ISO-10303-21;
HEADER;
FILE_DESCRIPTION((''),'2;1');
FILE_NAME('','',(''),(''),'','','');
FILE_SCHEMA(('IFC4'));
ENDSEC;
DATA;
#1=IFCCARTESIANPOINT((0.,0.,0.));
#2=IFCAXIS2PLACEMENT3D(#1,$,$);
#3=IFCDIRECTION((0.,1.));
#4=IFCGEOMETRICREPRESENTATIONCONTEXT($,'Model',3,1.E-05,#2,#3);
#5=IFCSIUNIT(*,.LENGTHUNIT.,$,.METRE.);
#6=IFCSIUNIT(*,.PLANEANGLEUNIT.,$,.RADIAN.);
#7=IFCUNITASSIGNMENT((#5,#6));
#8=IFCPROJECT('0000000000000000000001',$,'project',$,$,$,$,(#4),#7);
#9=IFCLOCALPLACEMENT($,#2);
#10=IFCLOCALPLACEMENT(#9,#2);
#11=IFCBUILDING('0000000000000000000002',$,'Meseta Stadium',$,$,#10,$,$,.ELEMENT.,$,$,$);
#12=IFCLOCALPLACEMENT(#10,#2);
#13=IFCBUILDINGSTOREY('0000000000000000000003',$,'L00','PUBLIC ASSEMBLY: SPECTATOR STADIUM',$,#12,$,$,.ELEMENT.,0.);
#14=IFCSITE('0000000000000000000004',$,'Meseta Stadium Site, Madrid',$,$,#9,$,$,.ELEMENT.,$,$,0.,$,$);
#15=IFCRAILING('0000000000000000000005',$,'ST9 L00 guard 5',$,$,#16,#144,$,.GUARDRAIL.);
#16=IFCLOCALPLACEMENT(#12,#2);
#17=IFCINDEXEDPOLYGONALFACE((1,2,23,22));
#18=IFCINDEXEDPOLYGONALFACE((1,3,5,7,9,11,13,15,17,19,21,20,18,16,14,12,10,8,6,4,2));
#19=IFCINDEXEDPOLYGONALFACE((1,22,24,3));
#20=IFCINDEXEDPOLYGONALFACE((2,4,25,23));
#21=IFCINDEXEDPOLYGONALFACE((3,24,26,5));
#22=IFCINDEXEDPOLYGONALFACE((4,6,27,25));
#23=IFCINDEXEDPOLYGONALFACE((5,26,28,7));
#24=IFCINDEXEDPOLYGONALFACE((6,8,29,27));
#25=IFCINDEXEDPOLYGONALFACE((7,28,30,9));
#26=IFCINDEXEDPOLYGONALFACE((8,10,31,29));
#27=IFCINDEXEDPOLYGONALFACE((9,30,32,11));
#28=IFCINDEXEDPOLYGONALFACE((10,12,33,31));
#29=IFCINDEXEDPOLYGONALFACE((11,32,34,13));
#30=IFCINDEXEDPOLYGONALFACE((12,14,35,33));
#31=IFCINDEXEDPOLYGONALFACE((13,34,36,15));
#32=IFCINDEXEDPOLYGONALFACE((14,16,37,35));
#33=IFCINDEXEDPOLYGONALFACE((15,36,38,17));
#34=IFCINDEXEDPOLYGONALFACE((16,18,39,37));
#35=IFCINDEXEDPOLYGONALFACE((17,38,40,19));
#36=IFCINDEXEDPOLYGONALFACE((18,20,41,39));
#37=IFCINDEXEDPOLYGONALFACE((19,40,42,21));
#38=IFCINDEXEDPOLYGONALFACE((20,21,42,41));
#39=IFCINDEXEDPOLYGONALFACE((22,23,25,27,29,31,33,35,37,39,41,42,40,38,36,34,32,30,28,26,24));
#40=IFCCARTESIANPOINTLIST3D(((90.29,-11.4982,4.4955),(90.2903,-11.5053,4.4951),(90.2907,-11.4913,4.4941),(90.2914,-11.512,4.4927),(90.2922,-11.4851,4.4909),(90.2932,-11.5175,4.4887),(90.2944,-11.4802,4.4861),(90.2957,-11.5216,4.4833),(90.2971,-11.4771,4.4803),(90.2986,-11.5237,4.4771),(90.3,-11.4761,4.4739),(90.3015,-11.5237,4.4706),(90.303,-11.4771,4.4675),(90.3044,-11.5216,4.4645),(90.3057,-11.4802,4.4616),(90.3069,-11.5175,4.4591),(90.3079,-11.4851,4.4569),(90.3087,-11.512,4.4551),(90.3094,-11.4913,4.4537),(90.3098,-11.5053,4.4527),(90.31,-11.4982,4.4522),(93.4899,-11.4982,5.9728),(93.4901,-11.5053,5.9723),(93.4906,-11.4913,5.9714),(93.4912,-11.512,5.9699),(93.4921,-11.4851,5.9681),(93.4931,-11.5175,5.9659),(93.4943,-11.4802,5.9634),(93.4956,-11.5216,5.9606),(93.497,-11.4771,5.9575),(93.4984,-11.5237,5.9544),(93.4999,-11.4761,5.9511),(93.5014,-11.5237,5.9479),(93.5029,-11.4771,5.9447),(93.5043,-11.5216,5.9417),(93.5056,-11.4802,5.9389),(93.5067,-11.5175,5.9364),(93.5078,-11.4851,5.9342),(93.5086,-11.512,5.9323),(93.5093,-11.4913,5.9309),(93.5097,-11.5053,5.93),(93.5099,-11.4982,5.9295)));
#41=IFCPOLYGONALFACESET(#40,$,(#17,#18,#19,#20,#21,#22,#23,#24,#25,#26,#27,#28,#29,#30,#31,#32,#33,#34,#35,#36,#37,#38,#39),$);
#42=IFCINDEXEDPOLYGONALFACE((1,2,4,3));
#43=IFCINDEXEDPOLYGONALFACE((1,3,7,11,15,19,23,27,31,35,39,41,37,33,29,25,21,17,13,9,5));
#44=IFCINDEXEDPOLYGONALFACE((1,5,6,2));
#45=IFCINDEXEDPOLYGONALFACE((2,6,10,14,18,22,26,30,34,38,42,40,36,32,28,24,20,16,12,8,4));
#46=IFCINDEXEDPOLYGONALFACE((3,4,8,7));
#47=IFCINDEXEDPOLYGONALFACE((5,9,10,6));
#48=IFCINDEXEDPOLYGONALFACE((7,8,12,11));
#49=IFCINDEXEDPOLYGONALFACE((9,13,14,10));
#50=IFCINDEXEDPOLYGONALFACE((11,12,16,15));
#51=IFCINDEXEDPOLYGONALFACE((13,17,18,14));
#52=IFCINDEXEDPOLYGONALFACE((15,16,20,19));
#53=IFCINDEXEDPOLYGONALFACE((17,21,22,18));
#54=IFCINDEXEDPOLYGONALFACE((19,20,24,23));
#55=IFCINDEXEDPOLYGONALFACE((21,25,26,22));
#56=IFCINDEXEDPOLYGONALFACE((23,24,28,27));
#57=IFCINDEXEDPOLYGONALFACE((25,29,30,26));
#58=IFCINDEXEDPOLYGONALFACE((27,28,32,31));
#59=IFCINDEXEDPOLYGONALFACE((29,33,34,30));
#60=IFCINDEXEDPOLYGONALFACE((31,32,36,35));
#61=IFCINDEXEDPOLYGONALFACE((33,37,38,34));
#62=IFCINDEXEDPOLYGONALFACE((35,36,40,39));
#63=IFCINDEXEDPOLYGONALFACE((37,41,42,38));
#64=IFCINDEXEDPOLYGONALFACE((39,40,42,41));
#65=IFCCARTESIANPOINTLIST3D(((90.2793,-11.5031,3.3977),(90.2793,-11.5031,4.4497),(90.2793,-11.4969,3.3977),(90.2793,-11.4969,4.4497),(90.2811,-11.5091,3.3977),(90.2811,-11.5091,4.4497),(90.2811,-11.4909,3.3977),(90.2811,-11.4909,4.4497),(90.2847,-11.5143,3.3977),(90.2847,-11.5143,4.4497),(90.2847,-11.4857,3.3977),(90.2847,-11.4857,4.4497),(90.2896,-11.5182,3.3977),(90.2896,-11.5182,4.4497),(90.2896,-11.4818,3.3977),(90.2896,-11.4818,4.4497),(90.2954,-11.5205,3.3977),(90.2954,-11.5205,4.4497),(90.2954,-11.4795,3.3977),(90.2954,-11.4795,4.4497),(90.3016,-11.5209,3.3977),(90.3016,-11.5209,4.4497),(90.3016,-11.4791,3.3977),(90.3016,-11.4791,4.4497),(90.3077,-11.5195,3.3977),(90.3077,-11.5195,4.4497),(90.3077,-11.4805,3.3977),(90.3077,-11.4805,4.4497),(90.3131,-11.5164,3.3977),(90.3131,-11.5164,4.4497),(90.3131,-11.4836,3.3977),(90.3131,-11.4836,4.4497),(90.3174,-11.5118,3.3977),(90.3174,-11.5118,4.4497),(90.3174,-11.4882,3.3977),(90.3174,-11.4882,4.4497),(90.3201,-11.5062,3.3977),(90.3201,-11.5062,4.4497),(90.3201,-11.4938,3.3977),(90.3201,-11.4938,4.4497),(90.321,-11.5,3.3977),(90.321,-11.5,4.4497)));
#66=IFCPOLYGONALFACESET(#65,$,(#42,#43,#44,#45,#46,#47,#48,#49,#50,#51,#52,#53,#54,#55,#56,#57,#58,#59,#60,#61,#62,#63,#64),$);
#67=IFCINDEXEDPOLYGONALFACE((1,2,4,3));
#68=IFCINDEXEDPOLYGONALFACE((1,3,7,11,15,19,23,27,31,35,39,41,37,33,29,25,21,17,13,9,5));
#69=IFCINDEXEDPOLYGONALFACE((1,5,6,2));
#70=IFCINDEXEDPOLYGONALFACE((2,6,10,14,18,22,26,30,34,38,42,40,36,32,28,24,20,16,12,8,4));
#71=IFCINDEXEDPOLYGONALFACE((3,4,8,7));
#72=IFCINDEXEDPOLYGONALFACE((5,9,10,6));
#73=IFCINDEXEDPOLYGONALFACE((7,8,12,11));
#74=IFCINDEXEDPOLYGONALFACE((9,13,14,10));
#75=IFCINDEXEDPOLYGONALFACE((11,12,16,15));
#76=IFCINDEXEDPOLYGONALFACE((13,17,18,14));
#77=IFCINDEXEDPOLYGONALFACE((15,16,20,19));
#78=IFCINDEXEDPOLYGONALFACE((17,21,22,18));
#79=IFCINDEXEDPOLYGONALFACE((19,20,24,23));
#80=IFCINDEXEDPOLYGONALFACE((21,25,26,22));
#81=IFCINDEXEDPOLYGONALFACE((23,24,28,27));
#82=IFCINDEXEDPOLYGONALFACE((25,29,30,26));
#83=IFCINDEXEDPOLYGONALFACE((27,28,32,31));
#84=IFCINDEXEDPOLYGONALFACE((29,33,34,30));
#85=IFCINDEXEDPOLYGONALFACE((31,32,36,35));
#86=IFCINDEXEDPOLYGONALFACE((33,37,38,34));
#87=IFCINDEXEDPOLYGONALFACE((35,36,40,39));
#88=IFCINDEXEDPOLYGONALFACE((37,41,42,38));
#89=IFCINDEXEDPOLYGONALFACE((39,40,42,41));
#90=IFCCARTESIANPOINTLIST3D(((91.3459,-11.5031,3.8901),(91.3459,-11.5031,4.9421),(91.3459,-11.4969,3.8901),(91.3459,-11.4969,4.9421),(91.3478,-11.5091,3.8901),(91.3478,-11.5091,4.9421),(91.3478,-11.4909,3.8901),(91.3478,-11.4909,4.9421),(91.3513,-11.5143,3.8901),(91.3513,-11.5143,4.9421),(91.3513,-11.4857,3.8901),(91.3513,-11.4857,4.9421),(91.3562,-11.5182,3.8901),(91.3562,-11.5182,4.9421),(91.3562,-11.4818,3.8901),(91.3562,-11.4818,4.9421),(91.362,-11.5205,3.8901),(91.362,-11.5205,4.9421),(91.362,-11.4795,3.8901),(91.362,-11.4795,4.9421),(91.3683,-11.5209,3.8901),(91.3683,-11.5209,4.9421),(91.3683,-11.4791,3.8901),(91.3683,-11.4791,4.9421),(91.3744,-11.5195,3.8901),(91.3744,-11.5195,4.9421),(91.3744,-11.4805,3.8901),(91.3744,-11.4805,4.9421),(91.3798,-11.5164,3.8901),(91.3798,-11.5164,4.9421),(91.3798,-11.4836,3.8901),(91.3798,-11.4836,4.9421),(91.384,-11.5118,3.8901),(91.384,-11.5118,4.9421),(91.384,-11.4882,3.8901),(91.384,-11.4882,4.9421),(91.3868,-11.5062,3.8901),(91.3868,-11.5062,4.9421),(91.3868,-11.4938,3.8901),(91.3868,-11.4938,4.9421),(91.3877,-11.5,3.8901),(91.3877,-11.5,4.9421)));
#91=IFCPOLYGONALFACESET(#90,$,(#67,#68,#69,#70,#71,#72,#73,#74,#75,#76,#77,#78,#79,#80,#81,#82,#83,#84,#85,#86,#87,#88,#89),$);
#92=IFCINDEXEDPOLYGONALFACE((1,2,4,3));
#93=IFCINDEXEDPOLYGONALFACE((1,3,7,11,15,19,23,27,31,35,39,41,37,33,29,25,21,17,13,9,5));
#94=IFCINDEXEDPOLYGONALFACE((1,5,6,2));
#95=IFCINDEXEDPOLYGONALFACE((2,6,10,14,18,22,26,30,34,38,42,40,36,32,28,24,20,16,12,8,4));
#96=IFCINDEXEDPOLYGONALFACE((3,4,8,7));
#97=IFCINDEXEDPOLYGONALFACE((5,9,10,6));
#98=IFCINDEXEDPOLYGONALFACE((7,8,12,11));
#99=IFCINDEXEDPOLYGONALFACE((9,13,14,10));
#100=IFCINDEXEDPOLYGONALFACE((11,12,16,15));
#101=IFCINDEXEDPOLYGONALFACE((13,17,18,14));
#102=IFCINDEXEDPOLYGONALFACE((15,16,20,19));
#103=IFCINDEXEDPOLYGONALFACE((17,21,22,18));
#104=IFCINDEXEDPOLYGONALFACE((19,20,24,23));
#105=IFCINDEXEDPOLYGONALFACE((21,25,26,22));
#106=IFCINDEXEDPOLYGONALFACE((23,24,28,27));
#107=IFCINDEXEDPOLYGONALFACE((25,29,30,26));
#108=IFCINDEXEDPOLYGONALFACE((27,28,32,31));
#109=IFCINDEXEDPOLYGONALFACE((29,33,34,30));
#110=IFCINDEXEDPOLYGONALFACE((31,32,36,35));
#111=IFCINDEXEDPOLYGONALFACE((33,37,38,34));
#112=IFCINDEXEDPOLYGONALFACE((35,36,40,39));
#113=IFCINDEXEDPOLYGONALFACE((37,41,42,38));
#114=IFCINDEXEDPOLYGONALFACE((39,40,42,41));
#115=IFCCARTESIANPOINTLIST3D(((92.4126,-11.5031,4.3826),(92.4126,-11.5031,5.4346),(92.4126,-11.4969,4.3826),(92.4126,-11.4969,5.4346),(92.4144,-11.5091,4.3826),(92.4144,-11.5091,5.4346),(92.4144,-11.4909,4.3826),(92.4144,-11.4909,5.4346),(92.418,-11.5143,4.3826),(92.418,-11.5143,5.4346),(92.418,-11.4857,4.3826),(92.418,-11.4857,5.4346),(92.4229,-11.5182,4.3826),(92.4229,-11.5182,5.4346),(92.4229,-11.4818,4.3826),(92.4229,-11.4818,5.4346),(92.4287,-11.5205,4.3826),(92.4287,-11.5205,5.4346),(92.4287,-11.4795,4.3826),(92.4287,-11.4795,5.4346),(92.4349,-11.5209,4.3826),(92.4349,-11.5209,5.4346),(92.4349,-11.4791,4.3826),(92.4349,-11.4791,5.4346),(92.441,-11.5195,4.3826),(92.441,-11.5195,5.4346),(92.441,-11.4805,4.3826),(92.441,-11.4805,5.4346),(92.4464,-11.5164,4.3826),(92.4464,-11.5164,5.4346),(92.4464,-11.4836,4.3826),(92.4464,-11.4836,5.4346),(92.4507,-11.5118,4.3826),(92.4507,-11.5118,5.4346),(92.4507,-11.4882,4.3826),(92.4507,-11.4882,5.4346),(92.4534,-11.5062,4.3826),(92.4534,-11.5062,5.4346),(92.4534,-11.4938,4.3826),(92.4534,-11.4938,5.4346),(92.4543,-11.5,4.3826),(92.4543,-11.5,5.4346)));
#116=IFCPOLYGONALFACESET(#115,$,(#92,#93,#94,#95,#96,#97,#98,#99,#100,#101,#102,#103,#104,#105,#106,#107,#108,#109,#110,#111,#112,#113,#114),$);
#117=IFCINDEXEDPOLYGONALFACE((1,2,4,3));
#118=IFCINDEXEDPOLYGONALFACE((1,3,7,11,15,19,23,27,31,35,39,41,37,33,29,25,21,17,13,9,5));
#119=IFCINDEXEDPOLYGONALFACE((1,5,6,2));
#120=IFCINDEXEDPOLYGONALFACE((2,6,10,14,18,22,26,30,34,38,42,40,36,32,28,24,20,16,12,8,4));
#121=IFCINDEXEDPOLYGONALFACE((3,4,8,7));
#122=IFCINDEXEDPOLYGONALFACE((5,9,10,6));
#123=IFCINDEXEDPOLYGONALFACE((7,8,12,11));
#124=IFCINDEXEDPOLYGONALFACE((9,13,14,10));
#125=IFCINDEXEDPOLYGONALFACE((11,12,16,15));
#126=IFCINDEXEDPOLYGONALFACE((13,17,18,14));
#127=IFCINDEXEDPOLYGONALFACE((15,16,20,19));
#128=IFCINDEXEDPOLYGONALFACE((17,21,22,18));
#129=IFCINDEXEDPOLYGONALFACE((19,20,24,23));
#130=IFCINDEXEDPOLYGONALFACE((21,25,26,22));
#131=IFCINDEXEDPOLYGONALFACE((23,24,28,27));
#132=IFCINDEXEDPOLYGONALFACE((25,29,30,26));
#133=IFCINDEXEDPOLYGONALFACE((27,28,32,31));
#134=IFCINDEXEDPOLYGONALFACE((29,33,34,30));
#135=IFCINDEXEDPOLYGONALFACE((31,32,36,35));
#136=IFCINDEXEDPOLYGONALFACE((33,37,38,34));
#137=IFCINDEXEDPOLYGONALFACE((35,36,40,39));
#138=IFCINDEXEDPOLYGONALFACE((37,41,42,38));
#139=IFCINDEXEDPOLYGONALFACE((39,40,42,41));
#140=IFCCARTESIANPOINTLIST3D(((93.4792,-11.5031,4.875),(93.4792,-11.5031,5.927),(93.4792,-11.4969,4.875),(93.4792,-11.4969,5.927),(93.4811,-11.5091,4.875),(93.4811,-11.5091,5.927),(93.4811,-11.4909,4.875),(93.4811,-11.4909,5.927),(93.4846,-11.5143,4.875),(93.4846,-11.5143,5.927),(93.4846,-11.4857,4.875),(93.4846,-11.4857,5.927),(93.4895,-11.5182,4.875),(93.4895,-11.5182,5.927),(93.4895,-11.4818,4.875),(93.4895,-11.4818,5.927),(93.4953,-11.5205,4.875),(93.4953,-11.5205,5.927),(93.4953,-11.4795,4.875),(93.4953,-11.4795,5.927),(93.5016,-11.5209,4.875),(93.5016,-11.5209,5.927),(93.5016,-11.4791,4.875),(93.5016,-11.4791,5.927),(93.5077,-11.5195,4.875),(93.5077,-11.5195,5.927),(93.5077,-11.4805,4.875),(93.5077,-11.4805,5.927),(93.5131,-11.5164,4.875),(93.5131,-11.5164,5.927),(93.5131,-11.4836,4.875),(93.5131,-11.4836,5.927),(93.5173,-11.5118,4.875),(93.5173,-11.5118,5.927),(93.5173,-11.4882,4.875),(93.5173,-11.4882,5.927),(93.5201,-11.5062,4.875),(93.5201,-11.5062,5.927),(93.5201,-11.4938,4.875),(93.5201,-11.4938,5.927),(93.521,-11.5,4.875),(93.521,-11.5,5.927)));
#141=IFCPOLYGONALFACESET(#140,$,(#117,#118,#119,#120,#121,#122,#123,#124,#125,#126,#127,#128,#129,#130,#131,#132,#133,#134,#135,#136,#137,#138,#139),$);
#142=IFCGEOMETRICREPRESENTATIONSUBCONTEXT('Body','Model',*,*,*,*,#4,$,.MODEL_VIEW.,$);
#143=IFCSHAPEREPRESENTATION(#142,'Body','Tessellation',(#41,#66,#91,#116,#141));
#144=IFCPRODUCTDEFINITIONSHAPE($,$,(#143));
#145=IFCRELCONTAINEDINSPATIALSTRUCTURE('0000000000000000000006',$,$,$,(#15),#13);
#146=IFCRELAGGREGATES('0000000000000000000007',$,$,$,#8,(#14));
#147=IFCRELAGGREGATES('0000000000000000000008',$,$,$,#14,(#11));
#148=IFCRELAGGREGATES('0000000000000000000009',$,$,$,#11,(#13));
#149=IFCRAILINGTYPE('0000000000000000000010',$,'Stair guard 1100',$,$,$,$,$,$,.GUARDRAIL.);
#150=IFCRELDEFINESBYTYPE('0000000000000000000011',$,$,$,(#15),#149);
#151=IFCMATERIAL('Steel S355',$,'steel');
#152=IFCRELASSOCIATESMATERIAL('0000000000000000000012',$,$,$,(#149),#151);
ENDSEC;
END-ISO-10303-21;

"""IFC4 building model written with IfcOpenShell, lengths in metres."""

from ifc_helpers import new_model, si_unit, direction, frame, origin, origin_2d, place, context, subcontext, project, spatial, circle, extrude, material, type_object, element, save


model = new_model("IFC4")

# Units and contexts
model_context = context("Model", 3, precision=1e-05, world=origin(), true_north=direction((0.0, 1.0)))
body_context = subcontext(model_context, "Body", "Model", "MODEL_VIEW")
ifc_project = project(units=[si_unit("LENGTHUNIT", "METRE"), si_unit("PLANEANGLEUNIT", "RADIAN")], contexts=[model_context])

# Site, building, storey
site_placement = place(None, origin())
site = spatial("IfcSite", under=ifc_project, at=site_placement, Name="Meseta Stadium Site, Madrid", CompositionType="ELEMENT", RefElevation=0.0)
building_placement = place(site_placement, origin())
building = spatial("IfcBuilding", under=site, at=building_placement, Name="Meseta Stadium", CompositionType="ELEMENT")
storey_placement = place(building_placement, origin())
storey = spatial("IfcBuildingStorey", under=building, at=storey_placement, Name="L00", Description="PUBLIC ASSEMBLY: SPECTATOR STADIUM", CompositionType="ELEMENT", Elevation=0.0)

# Railing
ifc_material_1 = material(Name="Steel S355", Category="steel")
railing_type_1 = type_object("IfcRailingType", Name="Stair guard 1100", PredefinedType="GUARDRAIL", material=ifc_material_1)
railing_1_placement = place(storey_placement, frame((90.3, -11.5, 3.3977)))
element("IfcRailing", 1, at=railing_1_placement, inside=storey, type_object=railing_type_1, Name="ST9 L00 guard 5", PredefinedType="GUARDRAIL", context=body_context, shape_type="SweptSolid", body=[
    extrude(circle(Radius=0.0239, at=origin_2d()), frame((0.0, 0.0, 1.0762), z_axis=(0.907917, 0.0, 0.41915), x_axis=(0.0, 1.0, 0.0)), (0.0, 0.0, 1.0), 3.5244),
    extrude(circle(Radius=0.021, at=origin_2d()), origin(), (0.0, 0.0, 1.0), 1.052),
    extrude(circle(Radius=0.021, at=origin_2d()), frame((1.0667, 0.0, 0.4924)), (0.0, 0.0, 1.0), 1.052),
    extrude(circle(Radius=0.021, at=origin_2d()), frame((2.1333, 0.0, 0.9849)), (0.0, 0.0, 1.0), 1.052),
    extrude(circle(Radius=0.021, at=origin_2d()), frame((3.2, 0.0, 1.4773)), (0.0, 0.0, 1.0), 1.052),
])

save(model, "model.ifc")
